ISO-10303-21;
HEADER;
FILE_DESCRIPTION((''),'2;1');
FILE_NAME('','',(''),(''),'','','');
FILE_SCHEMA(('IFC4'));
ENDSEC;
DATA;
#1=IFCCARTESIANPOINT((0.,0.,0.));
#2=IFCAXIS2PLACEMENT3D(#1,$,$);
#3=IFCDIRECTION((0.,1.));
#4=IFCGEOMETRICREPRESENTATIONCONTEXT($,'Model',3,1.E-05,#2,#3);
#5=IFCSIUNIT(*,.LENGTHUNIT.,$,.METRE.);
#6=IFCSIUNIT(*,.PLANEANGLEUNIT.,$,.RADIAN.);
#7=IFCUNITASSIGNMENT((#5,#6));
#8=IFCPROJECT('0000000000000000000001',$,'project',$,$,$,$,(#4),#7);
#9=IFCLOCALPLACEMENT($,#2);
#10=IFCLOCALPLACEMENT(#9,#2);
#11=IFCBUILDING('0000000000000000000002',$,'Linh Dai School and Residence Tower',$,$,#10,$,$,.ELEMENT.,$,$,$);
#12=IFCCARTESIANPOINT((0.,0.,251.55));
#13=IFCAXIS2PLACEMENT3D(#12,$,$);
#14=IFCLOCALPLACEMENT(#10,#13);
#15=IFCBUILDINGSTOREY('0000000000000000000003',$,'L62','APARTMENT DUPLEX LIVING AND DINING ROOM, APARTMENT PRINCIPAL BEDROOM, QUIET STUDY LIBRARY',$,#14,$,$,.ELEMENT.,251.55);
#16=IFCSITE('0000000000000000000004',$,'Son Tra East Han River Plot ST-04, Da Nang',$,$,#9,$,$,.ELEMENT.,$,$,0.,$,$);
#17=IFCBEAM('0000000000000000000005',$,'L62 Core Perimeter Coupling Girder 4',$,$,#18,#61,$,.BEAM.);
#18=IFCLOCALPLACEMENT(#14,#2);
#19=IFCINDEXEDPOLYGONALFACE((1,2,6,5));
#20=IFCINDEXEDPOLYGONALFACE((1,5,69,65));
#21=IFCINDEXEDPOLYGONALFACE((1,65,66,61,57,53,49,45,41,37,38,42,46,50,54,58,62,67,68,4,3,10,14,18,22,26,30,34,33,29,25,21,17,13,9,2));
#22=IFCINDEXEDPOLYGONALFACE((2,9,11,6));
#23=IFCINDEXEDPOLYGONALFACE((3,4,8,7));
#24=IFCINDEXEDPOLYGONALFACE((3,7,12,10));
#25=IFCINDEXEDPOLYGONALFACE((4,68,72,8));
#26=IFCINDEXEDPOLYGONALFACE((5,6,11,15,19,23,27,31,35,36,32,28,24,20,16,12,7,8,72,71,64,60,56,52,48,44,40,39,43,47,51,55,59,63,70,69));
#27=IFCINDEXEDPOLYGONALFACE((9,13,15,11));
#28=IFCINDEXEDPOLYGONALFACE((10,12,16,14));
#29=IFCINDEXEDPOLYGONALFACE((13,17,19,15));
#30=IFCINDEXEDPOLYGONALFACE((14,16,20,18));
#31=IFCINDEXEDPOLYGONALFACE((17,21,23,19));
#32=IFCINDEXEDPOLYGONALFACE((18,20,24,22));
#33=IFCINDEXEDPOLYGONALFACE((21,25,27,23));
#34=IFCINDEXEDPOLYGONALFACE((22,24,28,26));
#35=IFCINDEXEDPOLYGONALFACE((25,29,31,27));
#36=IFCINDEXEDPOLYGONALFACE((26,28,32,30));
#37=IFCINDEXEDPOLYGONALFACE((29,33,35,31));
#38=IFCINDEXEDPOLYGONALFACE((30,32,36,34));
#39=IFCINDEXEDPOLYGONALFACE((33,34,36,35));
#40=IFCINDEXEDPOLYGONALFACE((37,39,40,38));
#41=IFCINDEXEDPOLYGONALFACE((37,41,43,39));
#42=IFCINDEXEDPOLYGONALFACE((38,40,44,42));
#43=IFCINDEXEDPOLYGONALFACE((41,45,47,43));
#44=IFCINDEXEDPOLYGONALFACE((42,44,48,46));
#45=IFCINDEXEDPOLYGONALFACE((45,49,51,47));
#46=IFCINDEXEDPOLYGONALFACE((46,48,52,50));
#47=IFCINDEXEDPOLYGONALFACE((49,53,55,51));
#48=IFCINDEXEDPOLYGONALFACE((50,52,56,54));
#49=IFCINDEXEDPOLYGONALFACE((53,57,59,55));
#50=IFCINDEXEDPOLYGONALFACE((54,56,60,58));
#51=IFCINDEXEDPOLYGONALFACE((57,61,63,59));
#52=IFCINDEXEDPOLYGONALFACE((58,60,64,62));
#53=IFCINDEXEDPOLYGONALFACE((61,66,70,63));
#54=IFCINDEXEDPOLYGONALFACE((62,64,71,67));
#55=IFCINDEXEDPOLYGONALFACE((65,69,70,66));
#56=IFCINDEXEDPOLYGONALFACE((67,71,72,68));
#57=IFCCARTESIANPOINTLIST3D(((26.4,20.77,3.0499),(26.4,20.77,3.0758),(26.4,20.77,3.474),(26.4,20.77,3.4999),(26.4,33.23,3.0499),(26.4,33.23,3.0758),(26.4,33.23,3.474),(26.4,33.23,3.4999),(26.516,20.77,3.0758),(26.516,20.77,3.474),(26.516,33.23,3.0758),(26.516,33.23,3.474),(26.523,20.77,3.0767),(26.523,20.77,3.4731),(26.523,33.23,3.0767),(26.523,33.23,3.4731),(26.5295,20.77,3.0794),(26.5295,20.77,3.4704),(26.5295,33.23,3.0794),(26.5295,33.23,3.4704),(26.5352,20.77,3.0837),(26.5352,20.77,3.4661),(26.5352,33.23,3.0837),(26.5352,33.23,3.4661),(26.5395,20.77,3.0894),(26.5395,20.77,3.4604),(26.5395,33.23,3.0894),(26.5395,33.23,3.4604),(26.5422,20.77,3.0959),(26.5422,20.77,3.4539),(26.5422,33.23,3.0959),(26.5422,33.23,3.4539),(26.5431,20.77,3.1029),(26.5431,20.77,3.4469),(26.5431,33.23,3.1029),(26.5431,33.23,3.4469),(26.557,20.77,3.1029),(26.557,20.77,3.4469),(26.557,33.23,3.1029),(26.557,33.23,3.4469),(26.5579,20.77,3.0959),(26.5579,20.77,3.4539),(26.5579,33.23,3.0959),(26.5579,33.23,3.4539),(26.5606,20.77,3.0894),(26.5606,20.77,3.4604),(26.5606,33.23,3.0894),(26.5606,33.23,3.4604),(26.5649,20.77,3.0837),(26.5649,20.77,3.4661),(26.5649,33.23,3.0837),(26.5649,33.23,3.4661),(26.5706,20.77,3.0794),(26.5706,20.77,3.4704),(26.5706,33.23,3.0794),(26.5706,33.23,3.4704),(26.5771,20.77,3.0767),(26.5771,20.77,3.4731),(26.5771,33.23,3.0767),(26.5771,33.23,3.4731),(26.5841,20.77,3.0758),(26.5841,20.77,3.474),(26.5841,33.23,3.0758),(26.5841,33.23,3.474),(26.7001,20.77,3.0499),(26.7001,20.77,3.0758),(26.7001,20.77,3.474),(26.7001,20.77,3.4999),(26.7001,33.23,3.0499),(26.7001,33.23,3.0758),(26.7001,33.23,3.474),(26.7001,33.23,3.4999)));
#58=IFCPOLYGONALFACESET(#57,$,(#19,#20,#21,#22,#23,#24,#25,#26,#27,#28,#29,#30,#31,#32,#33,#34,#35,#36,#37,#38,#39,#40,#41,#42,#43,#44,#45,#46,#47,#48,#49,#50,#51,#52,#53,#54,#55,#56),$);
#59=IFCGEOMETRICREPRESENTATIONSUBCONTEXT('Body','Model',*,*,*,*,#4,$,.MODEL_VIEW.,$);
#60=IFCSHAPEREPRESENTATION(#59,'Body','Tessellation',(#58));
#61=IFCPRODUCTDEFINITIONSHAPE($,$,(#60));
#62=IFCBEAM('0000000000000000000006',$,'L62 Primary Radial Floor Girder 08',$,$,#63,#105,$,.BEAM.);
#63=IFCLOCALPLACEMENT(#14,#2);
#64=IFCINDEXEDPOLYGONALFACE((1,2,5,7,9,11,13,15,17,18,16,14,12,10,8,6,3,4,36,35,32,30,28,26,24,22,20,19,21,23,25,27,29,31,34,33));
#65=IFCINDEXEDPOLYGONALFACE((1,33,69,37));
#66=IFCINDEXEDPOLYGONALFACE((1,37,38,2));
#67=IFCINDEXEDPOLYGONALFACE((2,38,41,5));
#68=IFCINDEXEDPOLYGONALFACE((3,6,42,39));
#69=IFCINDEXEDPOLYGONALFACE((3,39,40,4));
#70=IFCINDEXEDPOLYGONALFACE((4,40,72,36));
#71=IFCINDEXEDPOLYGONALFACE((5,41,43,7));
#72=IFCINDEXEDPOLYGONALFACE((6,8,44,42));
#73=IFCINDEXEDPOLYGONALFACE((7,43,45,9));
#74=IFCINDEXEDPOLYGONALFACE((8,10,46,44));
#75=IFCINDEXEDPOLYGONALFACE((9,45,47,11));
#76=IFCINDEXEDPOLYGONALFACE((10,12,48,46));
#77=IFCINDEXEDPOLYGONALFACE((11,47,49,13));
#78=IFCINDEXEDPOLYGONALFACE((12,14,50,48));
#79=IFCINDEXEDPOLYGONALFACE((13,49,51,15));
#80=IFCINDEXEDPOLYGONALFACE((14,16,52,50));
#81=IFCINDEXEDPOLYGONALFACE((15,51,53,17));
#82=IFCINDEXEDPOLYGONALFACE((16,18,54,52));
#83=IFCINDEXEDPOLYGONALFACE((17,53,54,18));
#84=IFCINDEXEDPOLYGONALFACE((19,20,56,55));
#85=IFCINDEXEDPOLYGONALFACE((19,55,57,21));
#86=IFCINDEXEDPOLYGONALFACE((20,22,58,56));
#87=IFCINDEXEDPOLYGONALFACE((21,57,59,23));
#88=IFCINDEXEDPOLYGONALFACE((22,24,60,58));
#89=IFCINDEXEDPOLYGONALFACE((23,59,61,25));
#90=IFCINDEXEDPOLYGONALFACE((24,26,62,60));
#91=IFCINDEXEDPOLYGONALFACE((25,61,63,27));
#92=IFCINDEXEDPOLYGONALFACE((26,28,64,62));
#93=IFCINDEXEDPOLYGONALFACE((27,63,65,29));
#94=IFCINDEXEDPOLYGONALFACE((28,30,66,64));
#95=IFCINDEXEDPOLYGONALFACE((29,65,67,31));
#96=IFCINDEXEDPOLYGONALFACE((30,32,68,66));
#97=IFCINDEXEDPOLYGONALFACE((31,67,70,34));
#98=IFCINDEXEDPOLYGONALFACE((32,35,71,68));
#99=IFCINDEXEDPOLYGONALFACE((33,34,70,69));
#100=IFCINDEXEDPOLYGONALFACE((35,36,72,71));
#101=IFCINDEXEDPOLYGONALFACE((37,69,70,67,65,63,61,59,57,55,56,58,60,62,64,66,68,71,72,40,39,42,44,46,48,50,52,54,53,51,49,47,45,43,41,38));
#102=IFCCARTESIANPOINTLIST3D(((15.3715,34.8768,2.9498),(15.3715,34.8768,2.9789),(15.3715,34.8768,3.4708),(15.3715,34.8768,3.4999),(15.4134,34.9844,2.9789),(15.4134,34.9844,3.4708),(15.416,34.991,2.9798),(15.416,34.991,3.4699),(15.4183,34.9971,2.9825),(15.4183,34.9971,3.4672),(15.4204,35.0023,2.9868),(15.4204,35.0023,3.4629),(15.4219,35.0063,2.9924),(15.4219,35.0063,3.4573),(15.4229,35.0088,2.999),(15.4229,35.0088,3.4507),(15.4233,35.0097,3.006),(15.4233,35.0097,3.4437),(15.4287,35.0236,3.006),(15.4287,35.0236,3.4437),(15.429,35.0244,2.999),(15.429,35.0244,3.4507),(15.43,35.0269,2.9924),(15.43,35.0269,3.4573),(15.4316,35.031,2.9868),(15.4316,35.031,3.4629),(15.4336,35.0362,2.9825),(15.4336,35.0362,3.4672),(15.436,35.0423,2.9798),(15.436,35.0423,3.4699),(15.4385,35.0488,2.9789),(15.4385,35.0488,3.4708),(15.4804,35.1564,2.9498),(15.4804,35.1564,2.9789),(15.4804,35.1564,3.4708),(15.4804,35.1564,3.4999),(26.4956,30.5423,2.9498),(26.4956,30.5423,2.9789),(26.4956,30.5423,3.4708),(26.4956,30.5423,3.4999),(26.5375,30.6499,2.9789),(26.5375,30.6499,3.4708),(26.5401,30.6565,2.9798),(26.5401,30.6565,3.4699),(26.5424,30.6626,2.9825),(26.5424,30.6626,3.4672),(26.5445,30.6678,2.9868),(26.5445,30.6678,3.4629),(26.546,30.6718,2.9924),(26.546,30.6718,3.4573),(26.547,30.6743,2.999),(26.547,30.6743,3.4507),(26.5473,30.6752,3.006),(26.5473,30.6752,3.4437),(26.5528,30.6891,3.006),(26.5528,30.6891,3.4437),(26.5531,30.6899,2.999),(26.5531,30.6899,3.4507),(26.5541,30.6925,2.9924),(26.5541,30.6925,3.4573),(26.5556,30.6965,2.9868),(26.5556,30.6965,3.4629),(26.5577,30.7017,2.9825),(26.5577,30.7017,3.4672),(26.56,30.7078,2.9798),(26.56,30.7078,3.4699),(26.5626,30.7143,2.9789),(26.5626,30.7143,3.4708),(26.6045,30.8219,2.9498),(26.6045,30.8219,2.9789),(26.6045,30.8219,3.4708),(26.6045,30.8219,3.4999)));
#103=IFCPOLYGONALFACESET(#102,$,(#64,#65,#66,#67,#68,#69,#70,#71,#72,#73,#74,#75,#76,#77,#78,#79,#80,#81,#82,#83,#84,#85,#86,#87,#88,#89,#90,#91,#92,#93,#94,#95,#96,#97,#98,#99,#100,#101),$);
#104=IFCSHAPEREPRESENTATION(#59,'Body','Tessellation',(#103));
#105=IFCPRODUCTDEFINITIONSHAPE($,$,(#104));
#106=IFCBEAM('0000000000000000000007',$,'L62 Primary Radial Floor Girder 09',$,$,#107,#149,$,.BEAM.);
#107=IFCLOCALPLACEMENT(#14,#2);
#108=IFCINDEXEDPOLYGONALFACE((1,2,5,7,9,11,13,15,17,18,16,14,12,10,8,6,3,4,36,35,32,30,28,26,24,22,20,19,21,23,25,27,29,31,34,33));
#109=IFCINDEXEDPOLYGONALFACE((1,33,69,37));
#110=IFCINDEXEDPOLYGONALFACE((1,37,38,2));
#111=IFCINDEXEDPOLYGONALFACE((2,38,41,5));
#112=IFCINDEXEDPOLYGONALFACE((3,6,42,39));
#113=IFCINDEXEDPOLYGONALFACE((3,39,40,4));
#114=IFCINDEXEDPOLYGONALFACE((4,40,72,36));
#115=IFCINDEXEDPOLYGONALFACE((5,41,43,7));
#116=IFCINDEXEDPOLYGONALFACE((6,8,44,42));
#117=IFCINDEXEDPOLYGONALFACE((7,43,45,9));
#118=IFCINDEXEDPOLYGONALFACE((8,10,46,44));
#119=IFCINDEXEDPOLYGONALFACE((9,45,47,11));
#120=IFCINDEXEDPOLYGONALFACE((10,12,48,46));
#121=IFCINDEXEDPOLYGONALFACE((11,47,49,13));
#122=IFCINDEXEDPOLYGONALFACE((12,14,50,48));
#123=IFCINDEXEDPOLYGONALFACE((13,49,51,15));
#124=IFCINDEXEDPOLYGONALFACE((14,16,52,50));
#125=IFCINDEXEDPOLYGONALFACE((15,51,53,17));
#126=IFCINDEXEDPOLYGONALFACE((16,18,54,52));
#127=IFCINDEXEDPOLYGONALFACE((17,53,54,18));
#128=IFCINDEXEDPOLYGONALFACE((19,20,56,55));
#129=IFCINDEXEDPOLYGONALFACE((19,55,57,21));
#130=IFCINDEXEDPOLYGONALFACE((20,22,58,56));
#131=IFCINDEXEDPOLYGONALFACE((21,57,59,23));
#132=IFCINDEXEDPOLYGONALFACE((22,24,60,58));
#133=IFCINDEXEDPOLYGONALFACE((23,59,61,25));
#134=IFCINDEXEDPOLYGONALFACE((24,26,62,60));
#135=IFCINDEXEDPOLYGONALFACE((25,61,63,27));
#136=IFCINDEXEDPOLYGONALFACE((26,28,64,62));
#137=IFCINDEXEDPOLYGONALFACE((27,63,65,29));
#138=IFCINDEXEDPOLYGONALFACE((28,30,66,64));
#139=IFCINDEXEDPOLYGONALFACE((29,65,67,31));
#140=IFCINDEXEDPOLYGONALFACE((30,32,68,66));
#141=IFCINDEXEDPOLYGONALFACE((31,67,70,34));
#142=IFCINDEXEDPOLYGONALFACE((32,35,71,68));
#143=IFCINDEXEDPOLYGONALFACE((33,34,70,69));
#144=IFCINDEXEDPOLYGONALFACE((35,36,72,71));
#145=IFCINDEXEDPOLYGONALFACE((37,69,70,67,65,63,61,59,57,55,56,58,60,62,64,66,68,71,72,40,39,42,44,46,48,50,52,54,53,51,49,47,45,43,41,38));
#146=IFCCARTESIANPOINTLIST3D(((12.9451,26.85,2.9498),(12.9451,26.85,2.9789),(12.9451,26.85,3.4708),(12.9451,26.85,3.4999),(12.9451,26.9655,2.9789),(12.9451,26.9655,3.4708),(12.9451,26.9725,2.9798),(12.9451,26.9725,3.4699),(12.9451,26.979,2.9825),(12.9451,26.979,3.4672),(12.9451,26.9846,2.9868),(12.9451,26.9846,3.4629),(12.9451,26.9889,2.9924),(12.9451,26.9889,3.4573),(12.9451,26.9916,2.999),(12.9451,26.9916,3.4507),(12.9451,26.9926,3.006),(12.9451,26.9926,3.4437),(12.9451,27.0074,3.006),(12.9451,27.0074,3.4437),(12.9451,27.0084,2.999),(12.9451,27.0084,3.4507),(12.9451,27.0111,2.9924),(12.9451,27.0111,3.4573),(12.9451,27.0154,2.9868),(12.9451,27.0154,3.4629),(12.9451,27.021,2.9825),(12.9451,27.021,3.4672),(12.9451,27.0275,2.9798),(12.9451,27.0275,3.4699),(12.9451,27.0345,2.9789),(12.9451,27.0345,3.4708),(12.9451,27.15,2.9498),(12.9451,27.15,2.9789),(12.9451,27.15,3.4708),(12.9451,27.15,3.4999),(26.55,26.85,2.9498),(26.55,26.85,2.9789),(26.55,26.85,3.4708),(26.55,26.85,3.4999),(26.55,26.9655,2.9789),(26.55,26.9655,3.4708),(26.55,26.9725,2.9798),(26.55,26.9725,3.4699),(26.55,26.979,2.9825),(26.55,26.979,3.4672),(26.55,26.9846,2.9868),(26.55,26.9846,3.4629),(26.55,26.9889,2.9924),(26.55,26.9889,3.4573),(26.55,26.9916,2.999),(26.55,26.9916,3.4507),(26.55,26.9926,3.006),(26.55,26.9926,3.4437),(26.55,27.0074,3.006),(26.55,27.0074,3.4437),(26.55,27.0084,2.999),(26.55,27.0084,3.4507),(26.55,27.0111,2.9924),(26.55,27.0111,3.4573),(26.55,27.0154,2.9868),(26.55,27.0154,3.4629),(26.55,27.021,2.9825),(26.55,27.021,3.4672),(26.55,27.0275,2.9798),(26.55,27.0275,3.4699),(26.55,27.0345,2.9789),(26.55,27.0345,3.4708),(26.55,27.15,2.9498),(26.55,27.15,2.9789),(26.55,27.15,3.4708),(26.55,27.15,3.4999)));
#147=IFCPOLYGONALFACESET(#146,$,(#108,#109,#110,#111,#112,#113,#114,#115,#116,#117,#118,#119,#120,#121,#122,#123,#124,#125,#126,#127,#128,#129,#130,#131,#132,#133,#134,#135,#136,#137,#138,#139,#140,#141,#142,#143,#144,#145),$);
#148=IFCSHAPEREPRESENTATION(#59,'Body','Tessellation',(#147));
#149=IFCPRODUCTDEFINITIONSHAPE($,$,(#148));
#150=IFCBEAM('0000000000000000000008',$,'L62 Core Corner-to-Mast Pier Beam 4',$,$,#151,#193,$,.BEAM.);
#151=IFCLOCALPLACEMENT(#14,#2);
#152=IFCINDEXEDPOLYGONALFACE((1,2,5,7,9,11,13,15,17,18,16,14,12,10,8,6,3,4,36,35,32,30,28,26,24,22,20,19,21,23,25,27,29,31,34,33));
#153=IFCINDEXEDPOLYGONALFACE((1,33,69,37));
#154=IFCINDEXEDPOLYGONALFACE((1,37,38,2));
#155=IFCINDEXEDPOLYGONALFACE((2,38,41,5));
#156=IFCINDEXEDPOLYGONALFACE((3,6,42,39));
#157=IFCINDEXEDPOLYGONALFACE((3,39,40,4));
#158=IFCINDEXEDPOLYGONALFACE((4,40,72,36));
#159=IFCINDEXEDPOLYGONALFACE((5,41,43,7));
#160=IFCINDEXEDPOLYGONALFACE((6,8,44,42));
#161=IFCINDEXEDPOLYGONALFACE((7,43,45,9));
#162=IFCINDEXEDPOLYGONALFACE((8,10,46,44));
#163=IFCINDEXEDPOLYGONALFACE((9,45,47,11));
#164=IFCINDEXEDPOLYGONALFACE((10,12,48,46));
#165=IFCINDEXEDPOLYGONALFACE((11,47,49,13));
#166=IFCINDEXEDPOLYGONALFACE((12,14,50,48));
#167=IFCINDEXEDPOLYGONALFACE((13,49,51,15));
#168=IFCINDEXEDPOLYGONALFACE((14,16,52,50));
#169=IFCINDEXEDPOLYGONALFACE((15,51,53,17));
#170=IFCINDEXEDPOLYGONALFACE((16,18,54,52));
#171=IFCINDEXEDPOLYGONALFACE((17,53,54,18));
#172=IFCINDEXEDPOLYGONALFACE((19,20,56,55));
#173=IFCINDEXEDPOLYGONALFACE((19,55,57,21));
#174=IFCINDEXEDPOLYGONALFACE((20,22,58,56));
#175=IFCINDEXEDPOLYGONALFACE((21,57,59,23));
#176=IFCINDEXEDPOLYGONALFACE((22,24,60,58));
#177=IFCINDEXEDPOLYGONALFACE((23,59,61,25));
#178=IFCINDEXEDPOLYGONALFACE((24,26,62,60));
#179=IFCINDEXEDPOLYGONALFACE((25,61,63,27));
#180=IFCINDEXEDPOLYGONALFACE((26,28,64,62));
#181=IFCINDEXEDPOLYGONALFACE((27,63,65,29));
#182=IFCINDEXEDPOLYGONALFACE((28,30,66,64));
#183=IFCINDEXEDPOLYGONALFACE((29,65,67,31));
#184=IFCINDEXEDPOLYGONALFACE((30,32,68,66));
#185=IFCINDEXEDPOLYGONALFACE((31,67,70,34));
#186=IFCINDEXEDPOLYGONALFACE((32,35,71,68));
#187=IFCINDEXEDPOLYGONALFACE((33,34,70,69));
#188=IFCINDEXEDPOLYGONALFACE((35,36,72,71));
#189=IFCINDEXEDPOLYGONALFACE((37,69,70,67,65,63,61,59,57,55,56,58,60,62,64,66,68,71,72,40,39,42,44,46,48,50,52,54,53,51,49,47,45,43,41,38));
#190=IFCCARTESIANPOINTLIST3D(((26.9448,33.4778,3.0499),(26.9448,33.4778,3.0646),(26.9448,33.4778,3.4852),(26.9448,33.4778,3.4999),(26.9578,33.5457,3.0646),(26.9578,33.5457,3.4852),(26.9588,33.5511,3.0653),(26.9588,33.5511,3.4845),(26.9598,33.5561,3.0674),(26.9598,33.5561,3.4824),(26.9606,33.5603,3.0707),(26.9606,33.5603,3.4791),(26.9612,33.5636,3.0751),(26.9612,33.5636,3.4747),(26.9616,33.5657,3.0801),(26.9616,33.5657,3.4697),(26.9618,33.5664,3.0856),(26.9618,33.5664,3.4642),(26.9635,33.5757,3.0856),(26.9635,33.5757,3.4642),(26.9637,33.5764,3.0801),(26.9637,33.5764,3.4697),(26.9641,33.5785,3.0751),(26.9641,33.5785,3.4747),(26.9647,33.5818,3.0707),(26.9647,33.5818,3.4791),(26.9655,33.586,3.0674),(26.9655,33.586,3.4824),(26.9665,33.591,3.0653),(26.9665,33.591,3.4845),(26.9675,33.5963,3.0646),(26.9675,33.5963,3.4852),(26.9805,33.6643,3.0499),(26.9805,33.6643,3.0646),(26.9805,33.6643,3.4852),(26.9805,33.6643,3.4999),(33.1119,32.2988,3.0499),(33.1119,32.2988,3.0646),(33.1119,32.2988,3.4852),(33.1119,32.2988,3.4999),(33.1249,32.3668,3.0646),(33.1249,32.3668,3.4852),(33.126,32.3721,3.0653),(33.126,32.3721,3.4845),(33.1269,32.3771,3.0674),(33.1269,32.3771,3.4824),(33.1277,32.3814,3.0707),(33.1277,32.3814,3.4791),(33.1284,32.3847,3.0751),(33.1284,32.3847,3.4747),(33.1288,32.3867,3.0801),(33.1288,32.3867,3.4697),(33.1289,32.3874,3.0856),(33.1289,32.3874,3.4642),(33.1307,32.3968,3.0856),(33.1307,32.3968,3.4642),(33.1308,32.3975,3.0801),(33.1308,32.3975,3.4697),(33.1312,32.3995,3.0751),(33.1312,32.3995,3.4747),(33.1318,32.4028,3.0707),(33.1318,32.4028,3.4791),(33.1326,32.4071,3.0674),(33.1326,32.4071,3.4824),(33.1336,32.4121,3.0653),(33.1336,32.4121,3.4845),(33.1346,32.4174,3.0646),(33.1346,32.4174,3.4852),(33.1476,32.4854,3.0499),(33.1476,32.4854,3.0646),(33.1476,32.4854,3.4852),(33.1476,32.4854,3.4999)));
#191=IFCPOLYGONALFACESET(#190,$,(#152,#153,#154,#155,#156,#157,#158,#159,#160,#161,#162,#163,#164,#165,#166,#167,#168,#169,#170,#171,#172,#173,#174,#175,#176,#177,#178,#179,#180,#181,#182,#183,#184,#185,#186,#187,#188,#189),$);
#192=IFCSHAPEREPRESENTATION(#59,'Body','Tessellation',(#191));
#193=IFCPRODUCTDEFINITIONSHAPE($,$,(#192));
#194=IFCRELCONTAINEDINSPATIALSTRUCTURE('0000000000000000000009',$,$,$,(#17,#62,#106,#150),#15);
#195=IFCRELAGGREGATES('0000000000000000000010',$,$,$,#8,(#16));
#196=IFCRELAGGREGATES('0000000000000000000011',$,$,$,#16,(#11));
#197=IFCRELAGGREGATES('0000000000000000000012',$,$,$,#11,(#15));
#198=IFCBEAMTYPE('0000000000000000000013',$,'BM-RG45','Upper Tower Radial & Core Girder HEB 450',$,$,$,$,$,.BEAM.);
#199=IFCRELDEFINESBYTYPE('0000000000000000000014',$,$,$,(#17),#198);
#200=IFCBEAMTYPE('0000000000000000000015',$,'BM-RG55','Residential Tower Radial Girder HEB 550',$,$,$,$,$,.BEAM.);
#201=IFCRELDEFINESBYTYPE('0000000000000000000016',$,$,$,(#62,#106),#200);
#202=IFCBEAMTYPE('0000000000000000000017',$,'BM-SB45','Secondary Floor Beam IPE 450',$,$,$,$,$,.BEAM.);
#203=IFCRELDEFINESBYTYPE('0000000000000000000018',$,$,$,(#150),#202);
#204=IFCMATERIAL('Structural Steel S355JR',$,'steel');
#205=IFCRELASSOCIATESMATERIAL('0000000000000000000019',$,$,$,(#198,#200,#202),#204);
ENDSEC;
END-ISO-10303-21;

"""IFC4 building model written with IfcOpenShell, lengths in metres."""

from ifc_helpers import new_model, si_unit, direction, frame, origin, origin_2d, place, context, subcontext, project, spatial, i_section, extrude, material, material_profile, profile_set, type_object, element, save


model = new_model("IFC4")

# Units and contexts
model_context = context("Model", 3, precision=1e-05, world=origin(), true_north=direction((0.0, 1.0)))
body_context = subcontext(model_context, "Body", "Model", "MODEL_VIEW")
ifc_project = project(units=[si_unit("LENGTHUNIT", "METRE"), si_unit("PLANEANGLEUNIT", "RADIAN")], contexts=[model_context])

# Site, building, storey
site_placement = place(None, origin())
site = spatial("IfcSite", under=ifc_project, at=site_placement, Name="Son Tra East Han River Plot ST-04, Da Nang", CompositionType="ELEMENT", RefElevation=0.0)
building_placement = place(site_placement, origin())
building = spatial("IfcBuilding", under=site, at=building_placement, Name="Linh Dai School and Residence Tower", CompositionType="ELEMENT")
storey_placement = place(building_placement, frame((0.0, 0.0, 251.55)))
storey = spatial("IfcBuildingStorey", under=building, at=storey_placement, Name="L62", Description="APARTMENT DUPLEX LIVING AND DINING ROOM, APARTMENT PRINCIPAL BEDROOM, QUIET STUDY LIBRARY", CompositionType="ELEMENT", Elevation=251.55)

# Shared definitions
ifc_material_1 = material(Name="Structural Steel S355JR", Category="steel")

# Beams
ifc_material_profile_1 = material_profile(ifc_material_1, i_section(OverallWidth=0.3, OverallDepth=0.45, WebThickness=0.0139, FlangeThickness=0.0259, FilletRadius=0.0271, at=origin_2d()), Name="HEB 450")
ifc_profile_set_1 = profile_set([ifc_material_profile_1], Name="Structural Steel S355JR")
beam_type_1 = type_object("IfcBeamType", Name="BM-RG45", Description="Upper Tower Radial & Core Girder HEB 450", PredefinedType="BEAM", material=ifc_profile_set_1)
beam_1_placement = place(storey_placement, frame((26.55, 33.23, 3.2749), z_axis=(0.0, -1.0, 0.0), x_axis=(1.0, 0.0, 0.0)))
element("IfcBeam", 1, at=beam_1_placement, inside=storey, type_object=beam_type_1, Name="L62 Core Perimeter Coupling Girder 4", PredefinedType="BEAM", context=body_context, shape_type="SweptSolid", body=[
    extrude(i_section(OverallWidth=0.3, OverallDepth=0.45, WebThickness=0.0139, FlangeThickness=0.0259, FilletRadius=0.0271, at=origin_2d()), origin(), (0.0, 0.0, 1.0), 12.46),
])
ifc_material_profile_2 = material_profile(ifc_material_1, i_section(OverallWidth=0.3, OverallDepth=0.55, WebThickness=0.0149, FlangeThickness=0.0291, FilletRadius=0.0271, at=origin_2d()), Name="HEB 550")
ifc_profile_set_2 = profile_set([ifc_material_profile_2], Name="Structural Steel S355JR")
beam_type_2 = type_object("IfcBeamType", Name="BM-RG55", Description="Residential Tower Radial Girder HEB 550", PredefinedType="BEAM", material=ifc_profile_set_2)
beam_2_placement = place(storey_placement, frame((26.55, 30.6821, 3.2249), z_axis=(-0.931765, 0.363062, 0.0), x_axis=(-0.363062, -0.931765, 0.0)))
element("IfcBeam", 2, at=beam_2_placement, inside=storey, type_object=beam_type_2, Name="L62 Primary Radial Floor Girder 08", PredefinedType="BEAM", context=body_context, shape_type="SweptSolid", body=[
    extrude(i_section(OverallWidth=0.3, OverallDepth=0.55, WebThickness=0.0149, FlangeThickness=0.0291, FilletRadius=0.0271, at=origin_2d()), origin(), (0.0, 0.0, 1.0), 11.9387),
])
beam_3_placement = place(storey_placement, frame((26.55, 27.0, 3.2249), z_axis=(-1.0, 0.0, 0.0), x_axis=(0.0, -1.0, 0.0)))
element("IfcBeam", 3, at=beam_3_placement, inside=storey, type_object=beam_type_2, Name="L62 Primary Radial Floor Girder 09", PredefinedType="BEAM", context=body_context, shape_type="SweptSolid", body=[
    extrude(i_section(OverallWidth=0.3, OverallDepth=0.55, WebThickness=0.0149, FlangeThickness=0.0291, FilletRadius=0.0271, at=origin_2d()), origin(), (0.0, 0.0, 1.0), 13.605),
])
ifc_material_profile_3 = material_profile(ifc_material_1, i_section(OverallWidth=0.1899, OverallDepth=0.45, WebThickness=0.0095, FlangeThickness=0.0146, FilletRadius=0.021, at=origin_2d()), Name="IPE 450")
ifc_profile_set_3 = profile_set([ifc_material_profile_3], Name="Structural Steel S355JR")
beam_type_3 = type_object("IfcBeamType", Name="BM-SB45", Description="Secondary Floor Beam IPE 450", PredefinedType="BEAM", material=ifc_profile_set_3)
beam_4_placement = place(storey_placement, frame((26.9626, 33.571, 3.2749), z_axis=(0.982214, -0.187764, 0.0), x_axis=(0.187764, 0.982214, 0.0)))
element("IfcBeam", 4, at=beam_4_placement, inside=storey, type_object=beam_type_3, Name="L62 Core Corner-to-Mast Pier Beam 4", PredefinedType="BEAM", context=body_context, shape_type="SweptSolid", body=[
    extrude(i_section(OverallWidth=0.1899, OverallDepth=0.45, WebThickness=0.0095, FlangeThickness=0.0146, FilletRadius=0.021, at=origin_2d()), origin(), (0.0, 0.0, 1.0), 6.2788),
])

save(model, "model.ifc")
